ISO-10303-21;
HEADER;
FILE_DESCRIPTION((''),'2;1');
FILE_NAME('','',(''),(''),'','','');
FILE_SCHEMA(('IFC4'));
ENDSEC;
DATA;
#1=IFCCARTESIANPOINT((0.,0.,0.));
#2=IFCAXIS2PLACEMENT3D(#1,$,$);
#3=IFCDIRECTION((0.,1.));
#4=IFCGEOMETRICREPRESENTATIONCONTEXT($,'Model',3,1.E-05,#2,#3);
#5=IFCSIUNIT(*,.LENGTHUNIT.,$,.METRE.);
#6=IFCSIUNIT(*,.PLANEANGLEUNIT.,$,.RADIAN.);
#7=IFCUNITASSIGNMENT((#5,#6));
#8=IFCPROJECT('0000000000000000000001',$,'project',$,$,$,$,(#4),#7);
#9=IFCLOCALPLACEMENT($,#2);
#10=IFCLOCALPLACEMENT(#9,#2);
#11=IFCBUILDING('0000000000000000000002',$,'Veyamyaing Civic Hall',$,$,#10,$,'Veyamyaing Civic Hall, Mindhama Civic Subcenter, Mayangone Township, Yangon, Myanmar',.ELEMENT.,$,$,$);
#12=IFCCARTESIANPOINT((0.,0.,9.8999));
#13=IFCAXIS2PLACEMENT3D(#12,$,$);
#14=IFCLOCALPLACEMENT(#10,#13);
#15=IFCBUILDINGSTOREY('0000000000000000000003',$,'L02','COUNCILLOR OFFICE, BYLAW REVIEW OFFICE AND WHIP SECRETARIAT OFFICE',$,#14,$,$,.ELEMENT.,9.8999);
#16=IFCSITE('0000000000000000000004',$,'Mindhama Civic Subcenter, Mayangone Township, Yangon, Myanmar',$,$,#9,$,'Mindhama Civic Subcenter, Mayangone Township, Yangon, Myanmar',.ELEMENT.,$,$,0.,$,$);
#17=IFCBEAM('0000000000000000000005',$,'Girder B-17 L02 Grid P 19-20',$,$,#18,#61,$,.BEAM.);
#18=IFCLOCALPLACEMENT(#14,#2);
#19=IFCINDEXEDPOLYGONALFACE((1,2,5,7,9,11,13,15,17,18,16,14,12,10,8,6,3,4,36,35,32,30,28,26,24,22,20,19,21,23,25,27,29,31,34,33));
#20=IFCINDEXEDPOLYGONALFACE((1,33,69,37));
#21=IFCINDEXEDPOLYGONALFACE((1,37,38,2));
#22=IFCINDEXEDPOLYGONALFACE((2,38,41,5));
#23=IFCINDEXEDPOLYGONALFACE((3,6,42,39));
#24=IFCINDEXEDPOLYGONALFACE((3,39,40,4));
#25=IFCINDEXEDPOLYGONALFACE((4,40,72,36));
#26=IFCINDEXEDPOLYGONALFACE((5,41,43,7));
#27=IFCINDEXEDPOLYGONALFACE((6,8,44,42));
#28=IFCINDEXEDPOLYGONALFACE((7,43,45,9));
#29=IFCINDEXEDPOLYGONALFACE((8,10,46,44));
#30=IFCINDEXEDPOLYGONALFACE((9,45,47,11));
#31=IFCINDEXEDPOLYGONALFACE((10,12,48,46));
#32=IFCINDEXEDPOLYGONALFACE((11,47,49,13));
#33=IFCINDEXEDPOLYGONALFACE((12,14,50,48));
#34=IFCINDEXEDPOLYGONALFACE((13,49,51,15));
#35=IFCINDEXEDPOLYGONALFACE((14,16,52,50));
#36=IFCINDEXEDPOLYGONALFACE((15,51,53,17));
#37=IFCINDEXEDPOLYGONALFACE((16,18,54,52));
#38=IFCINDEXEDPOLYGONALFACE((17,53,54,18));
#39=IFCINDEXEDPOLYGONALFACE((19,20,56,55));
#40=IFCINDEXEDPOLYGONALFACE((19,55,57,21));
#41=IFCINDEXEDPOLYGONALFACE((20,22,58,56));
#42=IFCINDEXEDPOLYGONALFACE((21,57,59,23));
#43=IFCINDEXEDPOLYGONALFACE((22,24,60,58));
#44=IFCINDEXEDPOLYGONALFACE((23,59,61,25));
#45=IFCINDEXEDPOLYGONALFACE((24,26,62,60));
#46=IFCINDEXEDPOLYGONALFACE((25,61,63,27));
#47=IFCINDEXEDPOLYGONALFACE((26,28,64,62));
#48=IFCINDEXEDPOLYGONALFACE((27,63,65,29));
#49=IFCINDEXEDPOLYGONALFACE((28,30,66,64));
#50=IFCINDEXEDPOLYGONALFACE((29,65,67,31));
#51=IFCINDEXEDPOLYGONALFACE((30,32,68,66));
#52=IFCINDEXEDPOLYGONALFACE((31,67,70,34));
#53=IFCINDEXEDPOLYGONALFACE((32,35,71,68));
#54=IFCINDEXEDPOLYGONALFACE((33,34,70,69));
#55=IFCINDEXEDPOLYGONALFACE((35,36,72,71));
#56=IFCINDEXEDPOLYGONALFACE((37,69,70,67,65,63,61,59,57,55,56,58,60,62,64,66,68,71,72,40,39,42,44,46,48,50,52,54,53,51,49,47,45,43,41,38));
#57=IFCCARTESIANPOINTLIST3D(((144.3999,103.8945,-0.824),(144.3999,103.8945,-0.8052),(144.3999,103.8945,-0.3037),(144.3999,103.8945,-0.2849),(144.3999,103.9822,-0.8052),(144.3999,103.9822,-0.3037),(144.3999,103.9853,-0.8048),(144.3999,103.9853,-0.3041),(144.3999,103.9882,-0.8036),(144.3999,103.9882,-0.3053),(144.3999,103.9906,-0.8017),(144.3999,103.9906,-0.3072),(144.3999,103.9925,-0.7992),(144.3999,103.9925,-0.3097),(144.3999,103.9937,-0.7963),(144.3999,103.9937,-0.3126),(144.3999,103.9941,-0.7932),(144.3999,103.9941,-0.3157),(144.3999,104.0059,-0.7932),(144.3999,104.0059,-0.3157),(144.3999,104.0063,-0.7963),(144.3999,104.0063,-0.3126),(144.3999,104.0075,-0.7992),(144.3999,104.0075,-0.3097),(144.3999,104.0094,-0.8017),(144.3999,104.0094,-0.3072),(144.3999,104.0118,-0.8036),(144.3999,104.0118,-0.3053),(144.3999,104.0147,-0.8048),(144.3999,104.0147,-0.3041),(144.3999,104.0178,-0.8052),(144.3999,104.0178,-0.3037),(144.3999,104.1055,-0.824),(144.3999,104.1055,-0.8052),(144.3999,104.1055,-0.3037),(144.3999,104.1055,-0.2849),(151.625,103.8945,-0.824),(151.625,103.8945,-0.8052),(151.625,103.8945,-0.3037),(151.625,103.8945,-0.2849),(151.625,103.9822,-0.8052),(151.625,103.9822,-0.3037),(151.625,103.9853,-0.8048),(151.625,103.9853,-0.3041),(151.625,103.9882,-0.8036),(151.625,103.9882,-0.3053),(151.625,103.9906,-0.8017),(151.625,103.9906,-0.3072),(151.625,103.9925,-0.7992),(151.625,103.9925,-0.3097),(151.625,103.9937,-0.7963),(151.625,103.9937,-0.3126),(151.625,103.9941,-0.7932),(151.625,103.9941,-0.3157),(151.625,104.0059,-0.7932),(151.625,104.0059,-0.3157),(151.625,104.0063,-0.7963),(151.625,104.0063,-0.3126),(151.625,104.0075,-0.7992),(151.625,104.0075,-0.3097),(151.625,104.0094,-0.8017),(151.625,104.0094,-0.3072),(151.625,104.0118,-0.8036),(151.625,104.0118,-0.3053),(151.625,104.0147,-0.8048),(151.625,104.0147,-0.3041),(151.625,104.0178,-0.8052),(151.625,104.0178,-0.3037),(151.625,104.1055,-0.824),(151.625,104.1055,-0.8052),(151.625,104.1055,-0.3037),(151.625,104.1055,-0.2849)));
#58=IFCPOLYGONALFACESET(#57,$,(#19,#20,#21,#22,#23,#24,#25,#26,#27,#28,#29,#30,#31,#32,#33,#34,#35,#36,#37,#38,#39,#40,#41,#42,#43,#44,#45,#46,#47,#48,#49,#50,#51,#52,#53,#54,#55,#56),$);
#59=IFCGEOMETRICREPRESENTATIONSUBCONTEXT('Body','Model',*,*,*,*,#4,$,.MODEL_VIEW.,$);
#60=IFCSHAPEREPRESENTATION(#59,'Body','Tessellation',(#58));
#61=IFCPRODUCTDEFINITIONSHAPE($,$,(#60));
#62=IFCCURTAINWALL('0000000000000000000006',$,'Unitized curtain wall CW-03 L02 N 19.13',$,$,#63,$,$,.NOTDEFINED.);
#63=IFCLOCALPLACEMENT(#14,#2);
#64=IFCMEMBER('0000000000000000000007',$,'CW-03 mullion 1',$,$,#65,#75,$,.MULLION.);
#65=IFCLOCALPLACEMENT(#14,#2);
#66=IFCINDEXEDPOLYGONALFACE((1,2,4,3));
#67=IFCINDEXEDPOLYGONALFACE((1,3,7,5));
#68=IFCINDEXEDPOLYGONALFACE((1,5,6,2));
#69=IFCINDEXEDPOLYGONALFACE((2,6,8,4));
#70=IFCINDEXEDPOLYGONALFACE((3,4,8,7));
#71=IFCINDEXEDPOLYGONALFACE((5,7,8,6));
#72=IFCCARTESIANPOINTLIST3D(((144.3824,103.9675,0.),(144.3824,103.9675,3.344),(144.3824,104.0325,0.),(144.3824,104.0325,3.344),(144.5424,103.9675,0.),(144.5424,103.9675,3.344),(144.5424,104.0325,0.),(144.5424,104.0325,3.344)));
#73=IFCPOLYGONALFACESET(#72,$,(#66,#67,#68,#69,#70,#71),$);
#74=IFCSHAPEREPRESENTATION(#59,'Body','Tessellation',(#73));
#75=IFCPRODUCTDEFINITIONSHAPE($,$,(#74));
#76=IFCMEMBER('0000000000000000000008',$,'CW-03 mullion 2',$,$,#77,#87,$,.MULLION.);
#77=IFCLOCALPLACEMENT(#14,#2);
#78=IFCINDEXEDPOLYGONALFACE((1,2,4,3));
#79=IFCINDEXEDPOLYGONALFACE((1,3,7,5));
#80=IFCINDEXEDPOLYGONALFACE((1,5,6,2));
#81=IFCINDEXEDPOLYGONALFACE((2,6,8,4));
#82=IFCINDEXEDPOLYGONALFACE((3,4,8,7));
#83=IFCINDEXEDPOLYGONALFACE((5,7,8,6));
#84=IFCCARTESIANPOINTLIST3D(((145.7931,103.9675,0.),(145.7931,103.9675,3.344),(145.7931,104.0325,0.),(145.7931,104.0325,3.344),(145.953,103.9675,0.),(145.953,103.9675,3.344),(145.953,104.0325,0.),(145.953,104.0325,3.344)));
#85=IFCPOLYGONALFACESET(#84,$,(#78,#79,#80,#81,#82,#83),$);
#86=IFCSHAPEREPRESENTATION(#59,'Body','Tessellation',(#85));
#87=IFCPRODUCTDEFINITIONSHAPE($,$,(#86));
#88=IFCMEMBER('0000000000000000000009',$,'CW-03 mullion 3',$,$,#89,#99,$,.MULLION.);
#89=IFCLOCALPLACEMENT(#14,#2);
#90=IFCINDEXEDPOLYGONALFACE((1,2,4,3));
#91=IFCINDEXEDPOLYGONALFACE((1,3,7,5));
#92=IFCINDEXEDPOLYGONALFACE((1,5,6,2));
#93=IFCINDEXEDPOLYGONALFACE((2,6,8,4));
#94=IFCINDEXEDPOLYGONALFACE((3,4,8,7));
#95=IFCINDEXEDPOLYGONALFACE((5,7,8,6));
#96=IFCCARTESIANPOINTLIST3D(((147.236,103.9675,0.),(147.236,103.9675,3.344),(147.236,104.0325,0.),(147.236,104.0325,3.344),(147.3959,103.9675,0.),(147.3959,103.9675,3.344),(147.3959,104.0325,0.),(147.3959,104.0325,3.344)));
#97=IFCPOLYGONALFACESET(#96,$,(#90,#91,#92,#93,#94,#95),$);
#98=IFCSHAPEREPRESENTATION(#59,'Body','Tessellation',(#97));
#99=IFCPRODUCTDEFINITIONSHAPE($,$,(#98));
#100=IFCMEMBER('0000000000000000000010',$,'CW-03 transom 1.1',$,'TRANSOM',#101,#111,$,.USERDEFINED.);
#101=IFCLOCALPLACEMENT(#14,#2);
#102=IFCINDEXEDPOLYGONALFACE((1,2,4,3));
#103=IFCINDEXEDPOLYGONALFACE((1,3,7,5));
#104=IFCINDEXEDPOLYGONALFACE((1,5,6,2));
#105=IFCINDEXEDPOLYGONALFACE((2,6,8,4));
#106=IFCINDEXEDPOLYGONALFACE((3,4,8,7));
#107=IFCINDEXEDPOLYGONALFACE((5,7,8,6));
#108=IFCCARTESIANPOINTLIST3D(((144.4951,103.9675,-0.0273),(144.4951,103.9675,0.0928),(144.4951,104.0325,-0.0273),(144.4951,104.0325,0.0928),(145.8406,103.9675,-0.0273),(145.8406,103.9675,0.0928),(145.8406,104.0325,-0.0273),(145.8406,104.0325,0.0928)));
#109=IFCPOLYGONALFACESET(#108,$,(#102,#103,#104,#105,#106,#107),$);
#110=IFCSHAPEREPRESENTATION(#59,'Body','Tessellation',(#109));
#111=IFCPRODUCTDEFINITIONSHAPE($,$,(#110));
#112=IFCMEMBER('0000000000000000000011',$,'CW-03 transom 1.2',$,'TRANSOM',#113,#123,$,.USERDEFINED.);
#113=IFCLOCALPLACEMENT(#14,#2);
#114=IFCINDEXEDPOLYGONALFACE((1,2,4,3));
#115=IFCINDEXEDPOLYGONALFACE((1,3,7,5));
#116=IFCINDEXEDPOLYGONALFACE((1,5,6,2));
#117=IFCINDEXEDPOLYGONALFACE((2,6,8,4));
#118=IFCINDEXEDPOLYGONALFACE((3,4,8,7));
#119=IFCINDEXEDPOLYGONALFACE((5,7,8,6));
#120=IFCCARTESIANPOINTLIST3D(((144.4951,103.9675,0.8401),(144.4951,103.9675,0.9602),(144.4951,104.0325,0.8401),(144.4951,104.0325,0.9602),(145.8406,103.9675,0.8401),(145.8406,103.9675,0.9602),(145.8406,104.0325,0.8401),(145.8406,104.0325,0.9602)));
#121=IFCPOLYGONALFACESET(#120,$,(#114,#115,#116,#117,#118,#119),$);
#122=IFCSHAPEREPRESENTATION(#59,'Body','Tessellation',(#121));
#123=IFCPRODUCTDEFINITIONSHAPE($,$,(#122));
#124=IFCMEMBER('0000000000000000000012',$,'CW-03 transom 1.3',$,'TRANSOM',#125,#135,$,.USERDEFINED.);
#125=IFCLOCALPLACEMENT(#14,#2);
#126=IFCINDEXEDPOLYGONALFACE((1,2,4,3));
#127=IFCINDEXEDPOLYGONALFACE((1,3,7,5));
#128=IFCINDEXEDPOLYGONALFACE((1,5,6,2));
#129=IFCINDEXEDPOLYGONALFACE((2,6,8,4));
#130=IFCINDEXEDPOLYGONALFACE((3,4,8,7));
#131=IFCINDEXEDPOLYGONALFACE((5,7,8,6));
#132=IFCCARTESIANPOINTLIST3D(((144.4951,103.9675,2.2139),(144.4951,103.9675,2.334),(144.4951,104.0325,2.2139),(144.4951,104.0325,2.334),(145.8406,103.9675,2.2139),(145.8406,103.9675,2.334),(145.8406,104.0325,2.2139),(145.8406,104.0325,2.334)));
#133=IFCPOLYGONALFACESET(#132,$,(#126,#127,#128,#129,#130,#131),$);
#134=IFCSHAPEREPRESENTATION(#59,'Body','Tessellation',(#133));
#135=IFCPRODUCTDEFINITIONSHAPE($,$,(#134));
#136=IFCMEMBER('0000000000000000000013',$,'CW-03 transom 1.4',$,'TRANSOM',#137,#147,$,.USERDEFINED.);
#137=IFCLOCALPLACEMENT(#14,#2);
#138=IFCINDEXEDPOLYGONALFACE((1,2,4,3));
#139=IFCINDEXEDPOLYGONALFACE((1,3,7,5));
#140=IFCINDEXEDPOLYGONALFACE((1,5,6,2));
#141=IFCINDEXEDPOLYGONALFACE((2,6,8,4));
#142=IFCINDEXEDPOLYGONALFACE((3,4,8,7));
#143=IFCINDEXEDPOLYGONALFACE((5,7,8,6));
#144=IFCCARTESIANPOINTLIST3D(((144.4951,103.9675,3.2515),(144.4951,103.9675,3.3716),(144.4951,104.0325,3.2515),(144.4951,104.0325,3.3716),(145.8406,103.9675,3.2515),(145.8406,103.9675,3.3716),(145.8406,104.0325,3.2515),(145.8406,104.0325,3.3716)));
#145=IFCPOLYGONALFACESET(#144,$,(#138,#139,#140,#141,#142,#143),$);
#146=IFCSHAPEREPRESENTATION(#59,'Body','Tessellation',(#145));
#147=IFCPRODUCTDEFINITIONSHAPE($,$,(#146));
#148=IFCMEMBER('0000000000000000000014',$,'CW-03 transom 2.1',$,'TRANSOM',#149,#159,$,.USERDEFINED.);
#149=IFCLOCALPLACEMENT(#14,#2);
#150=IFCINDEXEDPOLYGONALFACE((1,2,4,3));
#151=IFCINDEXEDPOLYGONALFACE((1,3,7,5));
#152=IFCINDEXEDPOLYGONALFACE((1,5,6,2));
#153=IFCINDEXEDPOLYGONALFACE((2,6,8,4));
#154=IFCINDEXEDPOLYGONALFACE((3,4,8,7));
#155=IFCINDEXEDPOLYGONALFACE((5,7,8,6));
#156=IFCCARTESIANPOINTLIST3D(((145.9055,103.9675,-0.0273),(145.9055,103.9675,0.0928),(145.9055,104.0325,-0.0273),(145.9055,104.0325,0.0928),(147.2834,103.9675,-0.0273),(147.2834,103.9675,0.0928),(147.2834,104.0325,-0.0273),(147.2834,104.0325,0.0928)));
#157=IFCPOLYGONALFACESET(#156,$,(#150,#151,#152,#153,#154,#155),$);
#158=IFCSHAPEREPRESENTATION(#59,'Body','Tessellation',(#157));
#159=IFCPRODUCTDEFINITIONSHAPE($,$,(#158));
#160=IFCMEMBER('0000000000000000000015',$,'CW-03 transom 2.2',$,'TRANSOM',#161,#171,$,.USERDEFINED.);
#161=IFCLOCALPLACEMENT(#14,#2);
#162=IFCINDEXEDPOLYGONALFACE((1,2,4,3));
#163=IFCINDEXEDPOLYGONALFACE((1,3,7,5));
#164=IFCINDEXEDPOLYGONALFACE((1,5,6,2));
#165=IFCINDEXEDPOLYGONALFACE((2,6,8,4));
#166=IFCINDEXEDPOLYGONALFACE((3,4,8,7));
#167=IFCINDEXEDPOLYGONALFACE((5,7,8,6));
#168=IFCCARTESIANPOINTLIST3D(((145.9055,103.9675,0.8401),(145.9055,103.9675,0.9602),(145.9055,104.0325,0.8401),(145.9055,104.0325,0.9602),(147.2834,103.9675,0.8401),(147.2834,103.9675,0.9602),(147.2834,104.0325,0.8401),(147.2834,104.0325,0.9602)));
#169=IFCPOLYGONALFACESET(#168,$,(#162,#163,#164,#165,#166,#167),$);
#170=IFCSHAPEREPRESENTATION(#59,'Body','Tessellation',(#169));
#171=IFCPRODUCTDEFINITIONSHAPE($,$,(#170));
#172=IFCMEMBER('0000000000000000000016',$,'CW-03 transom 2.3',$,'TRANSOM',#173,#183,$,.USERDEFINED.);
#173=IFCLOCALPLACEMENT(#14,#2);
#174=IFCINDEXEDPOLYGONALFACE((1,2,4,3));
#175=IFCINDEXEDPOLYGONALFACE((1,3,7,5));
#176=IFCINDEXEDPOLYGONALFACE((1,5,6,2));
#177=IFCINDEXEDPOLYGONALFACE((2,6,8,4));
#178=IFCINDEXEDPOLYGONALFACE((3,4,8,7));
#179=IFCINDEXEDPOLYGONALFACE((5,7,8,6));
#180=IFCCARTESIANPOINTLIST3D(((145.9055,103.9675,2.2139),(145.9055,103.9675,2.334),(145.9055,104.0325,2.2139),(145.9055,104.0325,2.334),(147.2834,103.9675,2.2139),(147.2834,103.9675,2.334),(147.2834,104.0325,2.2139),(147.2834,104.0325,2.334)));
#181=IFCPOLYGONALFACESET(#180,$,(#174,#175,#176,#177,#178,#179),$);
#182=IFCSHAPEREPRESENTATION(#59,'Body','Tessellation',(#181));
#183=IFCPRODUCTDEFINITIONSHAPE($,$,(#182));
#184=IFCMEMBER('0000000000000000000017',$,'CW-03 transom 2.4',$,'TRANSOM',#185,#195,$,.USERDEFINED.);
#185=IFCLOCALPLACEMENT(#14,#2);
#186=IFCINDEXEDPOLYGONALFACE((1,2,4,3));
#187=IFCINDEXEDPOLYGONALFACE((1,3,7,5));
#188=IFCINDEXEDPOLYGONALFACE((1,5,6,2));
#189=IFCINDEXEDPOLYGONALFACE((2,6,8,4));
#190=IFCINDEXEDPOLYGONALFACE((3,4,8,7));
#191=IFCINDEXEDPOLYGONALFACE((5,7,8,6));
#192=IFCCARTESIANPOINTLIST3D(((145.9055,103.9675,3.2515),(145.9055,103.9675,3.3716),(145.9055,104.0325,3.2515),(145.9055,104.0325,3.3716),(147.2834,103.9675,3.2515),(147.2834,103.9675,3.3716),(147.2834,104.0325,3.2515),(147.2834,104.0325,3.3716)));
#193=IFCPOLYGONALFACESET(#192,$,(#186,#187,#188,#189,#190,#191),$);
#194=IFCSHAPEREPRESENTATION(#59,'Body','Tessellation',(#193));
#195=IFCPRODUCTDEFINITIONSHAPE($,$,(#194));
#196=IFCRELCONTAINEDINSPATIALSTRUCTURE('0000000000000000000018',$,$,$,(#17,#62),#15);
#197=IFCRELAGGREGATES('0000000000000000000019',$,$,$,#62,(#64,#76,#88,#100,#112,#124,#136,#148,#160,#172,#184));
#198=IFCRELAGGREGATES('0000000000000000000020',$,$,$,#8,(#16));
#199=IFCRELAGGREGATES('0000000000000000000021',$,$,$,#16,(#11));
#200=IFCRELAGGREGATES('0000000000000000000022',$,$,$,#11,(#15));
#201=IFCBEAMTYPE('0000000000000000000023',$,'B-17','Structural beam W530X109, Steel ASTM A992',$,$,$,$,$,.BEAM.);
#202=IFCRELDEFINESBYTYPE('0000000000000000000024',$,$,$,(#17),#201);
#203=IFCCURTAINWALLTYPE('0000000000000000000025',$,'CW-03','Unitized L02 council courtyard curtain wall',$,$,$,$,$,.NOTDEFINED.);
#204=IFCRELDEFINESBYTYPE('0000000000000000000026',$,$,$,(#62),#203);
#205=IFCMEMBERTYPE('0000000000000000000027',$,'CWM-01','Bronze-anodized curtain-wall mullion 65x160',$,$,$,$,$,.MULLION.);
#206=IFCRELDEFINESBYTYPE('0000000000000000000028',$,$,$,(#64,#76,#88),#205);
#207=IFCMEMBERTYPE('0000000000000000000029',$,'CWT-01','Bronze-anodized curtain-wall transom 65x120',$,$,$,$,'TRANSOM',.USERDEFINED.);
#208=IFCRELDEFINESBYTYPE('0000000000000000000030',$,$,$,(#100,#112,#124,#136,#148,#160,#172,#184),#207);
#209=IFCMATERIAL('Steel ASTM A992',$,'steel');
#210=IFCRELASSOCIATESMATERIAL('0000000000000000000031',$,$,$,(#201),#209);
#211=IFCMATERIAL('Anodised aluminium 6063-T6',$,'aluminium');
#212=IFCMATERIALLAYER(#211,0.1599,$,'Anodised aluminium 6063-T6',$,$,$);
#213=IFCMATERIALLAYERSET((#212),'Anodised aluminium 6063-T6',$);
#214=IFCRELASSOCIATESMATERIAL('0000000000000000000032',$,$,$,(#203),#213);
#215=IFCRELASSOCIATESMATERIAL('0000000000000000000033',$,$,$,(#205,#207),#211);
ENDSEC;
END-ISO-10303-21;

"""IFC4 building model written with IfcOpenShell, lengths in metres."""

from ifc_helpers import new_model, si_unit, direction, frame, origin, origin_2d, place, context, subcontext, project, spatial, rectangle, i_section, extrude, material, layer, layer_set, material_profile, profile_set, type_object, element, aggregate, save


model = new_model("IFC4")

# Units and contexts
model_context = context("Model", 3, precision=1e-05, world=origin(), true_north=direction((0.0, 1.0)))
body_context = subcontext(model_context, "Body", "Model", "MODEL_VIEW")
ifc_project = project(units=[si_unit("LENGTHUNIT", "METRE"), si_unit("PLANEANGLEUNIT", "RADIAN")], contexts=[model_context])

# Site, building, storey
site_placement = place(None, origin())
site = spatial("IfcSite", under=ifc_project, at=site_placement, Name="Mindhama Civic Subcenter, Mayangone Township, Yangon, Myanmar", LongName="Mindhama Civic Subcenter, Mayangone Township, Yangon, Myanmar", CompositionType="ELEMENT", RefElevation=0.0)
building_placement = place(site_placement, origin())
building = spatial("IfcBuilding", under=site, at=building_placement, Name="Veyamyaing Civic Hall", LongName="Veyamyaing Civic Hall, Mindhama Civic Subcenter, Mayangone Township, Yangon, Myanmar", CompositionType="ELEMENT")
storey_placement = place(building_placement, frame((0.0, 0.0, 9.8999)))
storey = spatial("IfcBuildingStorey", under=building, at=storey_placement, Name="L02", Description="COUNCILLOR OFFICE, BYLAW REVIEW OFFICE AND WHIP SECRETARIAT OFFICE", CompositionType="ELEMENT", Elevation=9.8999)

# Beam
ifc_material_1 = material(Name="Steel ASTM A992", Category="steel")
ifc_material_profile_1 = material_profile(ifc_material_1, i_section(OverallWidth=0.2109, OverallDepth=0.5391, WebThickness=0.0117, FlangeThickness=0.0188, FilletRadius=0.012, at=origin_2d()), Name="W530X109")
ifc_profile_set_1 = profile_set([ifc_material_profile_1], Name="Steel ASTM A992")
beam_type = type_object("IfcBeamType", Name="B-17", Description="Structural beam W530X109, Steel ASTM A992", PredefinedType="BEAM", material=ifc_profile_set_1)
beam_placement = place(storey_placement, frame((144.3999, 104.0, -0.5544), z_axis=(1.0, 0.0, 0.0), x_axis=(0.0, 1.0, 0.0)))
element("IfcBeam", 1, at=beam_placement, inside=storey, type_object=beam_type, Name="Girder B-17 L02 Grid P 19-20", PredefinedType="BEAM", context=body_context, shape_type="SweptSolid", body=[
    extrude(i_section(OverallWidth=0.2109, OverallDepth=0.5391, WebThickness=0.0117, FlangeThickness=0.0188, FilletRadius=0.012, at=origin_2d()), origin(), (0.0, 0.0, 1.0), 7.2251),
])

# Curtain wall, members
ifc_material_2 = material(Name="Anodised aluminium 6063-T6", Category="aluminium")
ifc_layer_1 = layer(ifc_material_2, 0.1599, Name="Anodised aluminium 6063-T6")
ifc_layer_set_1 = layer_set([ifc_layer_1], Name="Anodised aluminium 6063-T6")
curtain_wall_type = type_object("IfcCurtainWallType", Name="CW-03", Description="Unitized L02 council courtyard curtain wall", PredefinedType="NOTDEFINED", material=ifc_layer_set_1)
curtain_wall_placement = place(storey_placement, origin())
curtain_wall = element("IfcCurtainWall", 2, at=curtain_wall_placement, inside=storey, type_object=curtain_wall_type, Name="Unitized curtain wall CW-03 L02 N 19.13", PredefinedType="NOTDEFINED")
ifc_material_profile_2 = material_profile(ifc_material_2, rectangle(XDim=0.0649, YDim=0.1599, at=origin_2d()), Name="ALU-MUL-65X160")
ifc_profile_set_2 = profile_set([ifc_material_profile_2], Name="Anodised aluminium 6063-T6")
member_type_1 = type_object("IfcMemberType", Name="CWM-01", Description="Bronze-anodized curtain-wall mullion 65x160", PredefinedType="MULLION", material=ifc_profile_set_2)
member_1_placement = place(storey_placement, frame((144.4624, 104.0, 0.0), z_axis=(0.0, 0.0, 1.0), x_axis=(0.0, 1.0, 0.0)))
member_1 = element("IfcMember", 3, at=member_1_placement, type_object=member_type_1, Name="CW-03 mullion 1", PredefinedType="MULLION", context=body_context, shape_type="SweptSolid", body=[
    extrude(rectangle(XDim=0.0649, YDim=0.1599, at=origin_2d()), origin(), (0.0, 0.0, 1.0), 3.344),
])
member_2_placement = place(storey_placement, frame((145.873, 104.0, 0.0), z_axis=(0.0, 0.0, 1.0), x_axis=(0.0, 1.0, 0.0)))
member_2 = element("IfcMember", 4, at=member_2_placement, type_object=member_type_1, Name="CW-03 mullion 2", PredefinedType="MULLION", context=body_context, shape_type="SweptSolid", body=[
    extrude(rectangle(XDim=0.0649, YDim=0.1599, at=origin_2d()), origin(), (0.0, 0.0, 1.0), 3.344),
])
member_3_placement = place(storey_placement, frame((147.3159, 104.0, 0.0), z_axis=(0.0, 0.0, 1.0), x_axis=(0.0, 1.0, 0.0)))
member_3 = element("IfcMember", 5, at=member_3_placement, type_object=member_type_1, Name="CW-03 mullion 3", PredefinedType="MULLION", context=body_context, shape_type="SweptSolid", body=[
    extrude(rectangle(XDim=0.0649, YDim=0.1599, at=origin_2d()), origin(), (0.0, 0.0, 1.0), 3.344),
])
ifc_material_profile_3 = material_profile(ifc_material_2, rectangle(XDim=0.0649, YDim=0.1201, at=origin_2d()), Name="ALU-TRN-65X120")
ifc_profile_set_3 = profile_set([ifc_material_profile_3], Name="Anodised aluminium 6063-T6")
member_type_2 = type_object("IfcMemberType", Name="CWT-01", Description="Bronze-anodized curtain-wall transom 65x120", ElementType="TRANSOM", PredefinedType="USERDEFINED", material=ifc_profile_set_3)
member_4_placement = place(storey_placement, frame((144.4951, 104.0, 0.0327), z_axis=(1.0, 0.0, 0.0), x_axis=(0.0, 1.0, 0.0)))
member_4 = element("IfcMember", 6, at=member_4_placement, type_object=member_type_2, Name="CW-03 transom 1.1", ObjectType="TRANSOM", PredefinedType="USERDEFINED", context=body_context, shape_type="SweptSolid", body=[
    extrude(rectangle(XDim=0.0649, YDim=0.1201, at=origin_2d()), origin(), (0.0, 0.0, 1.0), 1.3455),
])
member_5_placement = place(storey_placement, frame((144.4951, 104.0, 0.9001), z_axis=(1.0, 0.0, 0.0), x_axis=(0.0, 1.0, 0.0)))
member_5 = element("IfcMember", 7, at=member_5_placement, type_object=member_type_2, Name="CW-03 transom 1.2", ObjectType="TRANSOM", PredefinedType="USERDEFINED", context=body_context, shape_type="SweptSolid", body=[
    extrude(rectangle(XDim=0.0649, YDim=0.1201, at=origin_2d()), origin(), (0.0, 0.0, 1.0), 1.3455),
])
member_6_placement = place(storey_placement, frame((144.4951, 104.0, 2.2739), z_axis=(1.0, 0.0, 0.0), x_axis=(0.0, 1.0, 0.0)))
member_6 = element("IfcMember", 8, at=member_6_placement, type_object=member_type_2, Name="CW-03 transom 1.3", ObjectType="TRANSOM", PredefinedType="USERDEFINED", context=body_context, shape_type="SweptSolid", body=[
    extrude(rectangle(XDim=0.0649, YDim=0.1201, at=origin_2d()), origin(), (0.0, 0.0, 1.0), 1.3455),
])
member_7_placement = place(storey_placement, frame((144.4951, 104.0, 3.3115), z_axis=(1.0, 0.0, 0.0), x_axis=(0.0, 1.0, 0.0)))
member_7 = element("IfcMember", 9, at=member_7_placement, type_object=member_type_2, Name="CW-03 transom 1.4", ObjectType="TRANSOM", PredefinedType="USERDEFINED", context=body_context, shape_type="SweptSolid", body=[
    extrude(rectangle(XDim=0.0649, YDim=0.1201, at=origin_2d()), origin(), (0.0, 0.0, 1.0), 1.3455),
])
member_8_placement = place(storey_placement, frame((145.9055, 104.0, 0.0327), z_axis=(1.0, 0.0, 0.0), x_axis=(0.0, 1.0, 0.0)))
member_8 = element("IfcMember", 10, at=member_8_placement, type_object=member_type_2, Name="CW-03 transom 2.1", ObjectType="TRANSOM", PredefinedType="USERDEFINED", context=body_context, shape_type="SweptSolid", body=[
    extrude(rectangle(XDim=0.0649, YDim=0.1201, at=origin_2d()), origin(), (0.0, 0.0, 1.0), 1.3779),
])
member_9_placement = place(storey_placement, frame((145.9055, 104.0, 0.9001), z_axis=(1.0, 0.0, 0.0), x_axis=(0.0, 1.0, 0.0)))
member_9 = element("IfcMember", 11, at=member_9_placement, type_object=member_type_2, Name="CW-03 transom 2.2", ObjectType="TRANSOM", PredefinedType="USERDEFINED", context=body_context, shape_type="SweptSolid", body=[
    extrude(rectangle(XDim=0.0649, YDim=0.1201, at=origin_2d()), origin(), (0.0, 0.0, 1.0), 1.3779),
])
member_10_placement = place(storey_placement, frame((145.9055, 104.0, 2.2739), z_axis=(1.0, 0.0, 0.0), x_axis=(0.0, 1.0, 0.0)))
member_10 = element("IfcMember", 12, at=member_10_placement, type_object=member_type_2, Name="CW-03 transom 2.3", ObjectType="TRANSOM", PredefinedType="USERDEFINED", context=body_context, shape_type="SweptSolid", body=[
    extrude(rectangle(XDim=0.0649, YDim=0.1201, at=origin_2d()), origin(), (0.0, 0.0, 1.0), 1.3779),
])
member_11_placement = place(storey_placement, frame((145.9055, 104.0, 3.3115), z_axis=(1.0, 0.0, 0.0), x_axis=(0.0, 1.0, 0.0)))
member_11 = element("IfcMember", 13, at=member_11_placement, type_object=member_type_2, Name="CW-03 transom 2.4", ObjectType="TRANSOM", PredefinedType="USERDEFINED", context=body_context, shape_type="SweptSolid", body=[
    extrude(rectangle(XDim=0.0649, YDim=0.1201, at=origin_2d()), origin(), (0.0, 0.0, 1.0), 1.3779),
])
aggregate(curtain_wall, [member_1, member_2, member_3, member_4, member_5, member_6, member_7, member_8, member_9, member_10, member_11])

save(model, "model.ifc")
